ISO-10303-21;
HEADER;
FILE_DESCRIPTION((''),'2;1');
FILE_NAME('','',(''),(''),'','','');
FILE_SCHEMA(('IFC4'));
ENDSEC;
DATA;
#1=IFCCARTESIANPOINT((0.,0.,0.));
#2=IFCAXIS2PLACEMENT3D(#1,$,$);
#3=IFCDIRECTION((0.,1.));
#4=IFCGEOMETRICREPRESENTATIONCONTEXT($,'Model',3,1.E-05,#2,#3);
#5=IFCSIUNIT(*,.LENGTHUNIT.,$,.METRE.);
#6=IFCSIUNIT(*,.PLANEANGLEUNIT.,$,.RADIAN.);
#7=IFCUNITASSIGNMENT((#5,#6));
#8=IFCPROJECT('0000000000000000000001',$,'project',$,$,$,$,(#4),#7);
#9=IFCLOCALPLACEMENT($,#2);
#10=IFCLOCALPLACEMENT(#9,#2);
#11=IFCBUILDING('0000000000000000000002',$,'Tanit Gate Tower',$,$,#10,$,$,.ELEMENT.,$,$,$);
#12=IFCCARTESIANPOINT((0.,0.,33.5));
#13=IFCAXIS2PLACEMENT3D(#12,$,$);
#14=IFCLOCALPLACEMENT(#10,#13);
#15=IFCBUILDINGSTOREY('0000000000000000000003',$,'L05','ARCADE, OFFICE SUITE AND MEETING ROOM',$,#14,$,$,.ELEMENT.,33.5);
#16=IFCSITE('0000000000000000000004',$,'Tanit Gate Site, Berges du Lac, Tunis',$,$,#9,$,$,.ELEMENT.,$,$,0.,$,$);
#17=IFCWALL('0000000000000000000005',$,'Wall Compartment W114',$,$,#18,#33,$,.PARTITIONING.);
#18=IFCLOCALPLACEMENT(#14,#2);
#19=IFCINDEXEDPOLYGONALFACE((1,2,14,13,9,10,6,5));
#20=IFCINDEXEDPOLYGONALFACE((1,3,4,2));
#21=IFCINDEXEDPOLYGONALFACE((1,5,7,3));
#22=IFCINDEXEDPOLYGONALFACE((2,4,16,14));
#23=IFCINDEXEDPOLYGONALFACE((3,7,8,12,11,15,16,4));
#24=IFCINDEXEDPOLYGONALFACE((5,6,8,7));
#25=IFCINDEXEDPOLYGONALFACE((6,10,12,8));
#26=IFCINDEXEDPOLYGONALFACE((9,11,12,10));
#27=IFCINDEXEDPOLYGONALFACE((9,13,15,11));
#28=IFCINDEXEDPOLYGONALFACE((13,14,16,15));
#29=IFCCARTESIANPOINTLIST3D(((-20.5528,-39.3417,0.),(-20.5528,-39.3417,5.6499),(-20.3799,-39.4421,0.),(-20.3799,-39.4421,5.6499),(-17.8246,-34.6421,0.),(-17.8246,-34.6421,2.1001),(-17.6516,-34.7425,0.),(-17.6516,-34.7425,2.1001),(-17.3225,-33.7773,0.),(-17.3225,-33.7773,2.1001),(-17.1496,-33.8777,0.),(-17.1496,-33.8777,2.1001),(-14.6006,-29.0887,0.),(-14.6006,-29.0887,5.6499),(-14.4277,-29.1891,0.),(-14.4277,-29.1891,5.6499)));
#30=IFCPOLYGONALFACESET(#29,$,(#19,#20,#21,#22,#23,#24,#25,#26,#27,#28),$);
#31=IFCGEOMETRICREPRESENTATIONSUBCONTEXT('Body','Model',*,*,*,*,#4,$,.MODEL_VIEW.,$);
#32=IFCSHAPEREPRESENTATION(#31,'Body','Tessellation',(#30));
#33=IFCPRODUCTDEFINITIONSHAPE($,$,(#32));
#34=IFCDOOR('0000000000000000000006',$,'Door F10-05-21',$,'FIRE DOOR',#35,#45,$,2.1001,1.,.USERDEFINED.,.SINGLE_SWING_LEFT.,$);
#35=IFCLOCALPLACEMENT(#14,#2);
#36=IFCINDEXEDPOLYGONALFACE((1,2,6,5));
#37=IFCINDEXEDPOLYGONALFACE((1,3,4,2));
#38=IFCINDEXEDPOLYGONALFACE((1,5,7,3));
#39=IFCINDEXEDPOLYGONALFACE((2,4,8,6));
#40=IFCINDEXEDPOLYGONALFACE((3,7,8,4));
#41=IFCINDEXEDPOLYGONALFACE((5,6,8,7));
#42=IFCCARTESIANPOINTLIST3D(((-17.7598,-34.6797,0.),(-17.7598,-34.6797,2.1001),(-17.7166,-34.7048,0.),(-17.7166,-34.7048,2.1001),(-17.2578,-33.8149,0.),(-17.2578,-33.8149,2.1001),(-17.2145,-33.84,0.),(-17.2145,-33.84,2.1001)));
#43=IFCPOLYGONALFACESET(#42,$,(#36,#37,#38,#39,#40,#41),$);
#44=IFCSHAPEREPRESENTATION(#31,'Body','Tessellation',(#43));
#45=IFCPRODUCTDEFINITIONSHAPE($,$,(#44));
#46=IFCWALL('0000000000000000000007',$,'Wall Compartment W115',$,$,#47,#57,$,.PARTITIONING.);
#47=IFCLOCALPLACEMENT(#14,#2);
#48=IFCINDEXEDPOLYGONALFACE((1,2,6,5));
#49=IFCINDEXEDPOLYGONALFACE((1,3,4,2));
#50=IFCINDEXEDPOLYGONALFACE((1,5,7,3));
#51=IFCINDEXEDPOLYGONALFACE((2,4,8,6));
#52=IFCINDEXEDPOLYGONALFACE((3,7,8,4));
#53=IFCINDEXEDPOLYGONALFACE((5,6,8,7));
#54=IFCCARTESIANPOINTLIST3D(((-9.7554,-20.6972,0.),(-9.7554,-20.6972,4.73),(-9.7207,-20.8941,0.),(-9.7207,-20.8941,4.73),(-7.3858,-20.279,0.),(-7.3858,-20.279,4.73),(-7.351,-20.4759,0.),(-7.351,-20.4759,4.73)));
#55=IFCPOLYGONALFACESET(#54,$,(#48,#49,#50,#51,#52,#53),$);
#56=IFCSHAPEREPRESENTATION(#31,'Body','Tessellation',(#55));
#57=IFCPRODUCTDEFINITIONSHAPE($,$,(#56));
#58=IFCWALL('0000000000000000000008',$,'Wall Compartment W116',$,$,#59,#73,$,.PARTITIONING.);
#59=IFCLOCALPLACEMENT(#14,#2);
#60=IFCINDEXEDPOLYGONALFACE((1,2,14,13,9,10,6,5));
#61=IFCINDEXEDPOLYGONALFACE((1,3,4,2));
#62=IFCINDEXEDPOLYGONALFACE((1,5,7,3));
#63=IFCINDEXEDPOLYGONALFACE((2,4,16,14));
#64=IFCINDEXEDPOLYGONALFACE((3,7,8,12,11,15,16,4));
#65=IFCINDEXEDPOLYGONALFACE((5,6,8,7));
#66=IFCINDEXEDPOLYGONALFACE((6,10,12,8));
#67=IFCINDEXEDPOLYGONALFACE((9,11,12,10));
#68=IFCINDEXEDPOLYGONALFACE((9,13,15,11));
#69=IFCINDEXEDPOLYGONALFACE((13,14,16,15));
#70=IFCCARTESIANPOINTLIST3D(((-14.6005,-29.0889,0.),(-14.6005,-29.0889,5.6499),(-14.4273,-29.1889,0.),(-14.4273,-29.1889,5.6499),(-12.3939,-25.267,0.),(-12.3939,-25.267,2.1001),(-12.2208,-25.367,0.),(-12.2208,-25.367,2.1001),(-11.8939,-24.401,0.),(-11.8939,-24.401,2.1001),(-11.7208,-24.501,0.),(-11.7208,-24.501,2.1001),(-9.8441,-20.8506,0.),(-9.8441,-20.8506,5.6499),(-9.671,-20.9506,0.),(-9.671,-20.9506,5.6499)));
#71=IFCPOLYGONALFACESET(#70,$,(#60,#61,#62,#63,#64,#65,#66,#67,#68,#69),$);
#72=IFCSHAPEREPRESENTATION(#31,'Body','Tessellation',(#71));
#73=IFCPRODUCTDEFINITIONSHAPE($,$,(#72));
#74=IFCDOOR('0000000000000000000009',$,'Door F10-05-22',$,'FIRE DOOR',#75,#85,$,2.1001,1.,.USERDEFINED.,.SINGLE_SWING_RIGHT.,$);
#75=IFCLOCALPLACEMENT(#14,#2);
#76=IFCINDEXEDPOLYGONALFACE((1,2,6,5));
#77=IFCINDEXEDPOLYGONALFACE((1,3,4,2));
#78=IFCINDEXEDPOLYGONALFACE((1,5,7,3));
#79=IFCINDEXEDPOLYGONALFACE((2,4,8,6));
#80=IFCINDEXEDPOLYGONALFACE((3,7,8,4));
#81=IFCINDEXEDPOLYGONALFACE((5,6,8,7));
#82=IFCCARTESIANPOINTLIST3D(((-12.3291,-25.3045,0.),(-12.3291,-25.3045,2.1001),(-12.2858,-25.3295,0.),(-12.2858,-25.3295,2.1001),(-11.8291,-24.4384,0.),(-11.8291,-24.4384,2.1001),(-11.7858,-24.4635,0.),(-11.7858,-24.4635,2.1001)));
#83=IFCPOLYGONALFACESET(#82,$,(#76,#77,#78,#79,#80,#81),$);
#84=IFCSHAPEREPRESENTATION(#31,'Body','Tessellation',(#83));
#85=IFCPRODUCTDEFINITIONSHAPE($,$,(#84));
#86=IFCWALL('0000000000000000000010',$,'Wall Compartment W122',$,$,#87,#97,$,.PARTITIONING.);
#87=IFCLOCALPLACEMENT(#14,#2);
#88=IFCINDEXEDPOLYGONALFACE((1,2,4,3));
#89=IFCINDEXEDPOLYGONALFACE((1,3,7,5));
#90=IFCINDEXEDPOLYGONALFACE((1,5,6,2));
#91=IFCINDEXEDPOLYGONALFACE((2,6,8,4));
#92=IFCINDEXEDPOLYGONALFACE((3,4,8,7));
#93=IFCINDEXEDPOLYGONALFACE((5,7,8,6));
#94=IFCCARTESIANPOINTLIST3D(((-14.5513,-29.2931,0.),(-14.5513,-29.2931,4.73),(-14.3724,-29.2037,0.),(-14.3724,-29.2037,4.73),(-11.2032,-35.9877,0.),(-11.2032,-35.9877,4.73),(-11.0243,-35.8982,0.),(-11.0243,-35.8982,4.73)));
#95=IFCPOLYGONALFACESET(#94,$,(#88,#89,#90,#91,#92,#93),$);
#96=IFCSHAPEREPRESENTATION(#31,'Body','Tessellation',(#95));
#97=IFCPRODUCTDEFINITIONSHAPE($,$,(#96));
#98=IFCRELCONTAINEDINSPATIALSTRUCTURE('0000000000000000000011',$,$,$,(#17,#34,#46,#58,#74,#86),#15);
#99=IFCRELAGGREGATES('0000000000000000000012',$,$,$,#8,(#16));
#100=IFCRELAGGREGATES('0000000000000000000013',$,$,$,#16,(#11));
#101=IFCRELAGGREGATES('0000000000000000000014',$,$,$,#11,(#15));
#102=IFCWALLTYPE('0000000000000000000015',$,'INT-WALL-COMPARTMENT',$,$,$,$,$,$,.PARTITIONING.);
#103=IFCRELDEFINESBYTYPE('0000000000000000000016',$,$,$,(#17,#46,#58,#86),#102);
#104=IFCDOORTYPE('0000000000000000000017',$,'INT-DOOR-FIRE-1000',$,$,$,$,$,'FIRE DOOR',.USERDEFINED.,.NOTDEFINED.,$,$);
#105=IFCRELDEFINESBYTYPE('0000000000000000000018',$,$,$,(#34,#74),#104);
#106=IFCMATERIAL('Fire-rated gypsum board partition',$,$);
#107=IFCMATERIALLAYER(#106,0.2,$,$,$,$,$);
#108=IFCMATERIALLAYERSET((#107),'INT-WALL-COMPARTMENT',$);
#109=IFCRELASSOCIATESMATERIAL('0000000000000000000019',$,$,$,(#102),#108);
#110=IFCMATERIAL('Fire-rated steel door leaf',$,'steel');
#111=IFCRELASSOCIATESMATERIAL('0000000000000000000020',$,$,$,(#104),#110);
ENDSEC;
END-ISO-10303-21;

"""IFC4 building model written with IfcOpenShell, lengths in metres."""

from ifc_helpers import new_model, si_unit, direction, frame, frame_2d, origin, place, context, subcontext, project, spatial, rectangle, extrude, material, layer, layer_set, type_object, element, fill, save


model = new_model("IFC4")

# Units and contexts
model_context = context("Model", 3, precision=1e-05, world=origin(), true_north=direction((0.0, 1.0)))
body_context = subcontext(model_context, "Body", "Model", "MODEL_VIEW")
ifc_project = project(units=[si_unit("LENGTHUNIT", "METRE"), si_unit("PLANEANGLEUNIT", "RADIAN")], contexts=[model_context])

# Site, building, storey
site_placement = place(None, origin())
site = spatial("IfcSite", under=ifc_project, at=site_placement, Name="Tanit Gate Site, Berges du Lac, Tunis", CompositionType="ELEMENT", RefElevation=0.0)
building_placement = place(site_placement, origin())
building = spatial("IfcBuilding", under=site, at=building_placement, Name="Tanit Gate Tower", CompositionType="ELEMENT")
storey_placement = place(building_placement, frame((0.0, 0.0, 33.5)))
storey = spatial("IfcBuildingStorey", under=building, at=storey_placement, Name="L05", Description="ARCADE, OFFICE SUITE AND MEETING ROOM", CompositionType="ELEMENT", Elevation=33.5)

# Wall, opening, door
ifc_material_1 = material(Name="Fire-rated gypsum board partition")
ifc_layer_1 = layer(ifc_material_1, 0.2)
ifc_layer_set_1 = layer_set([ifc_layer_1], Name="INT-WALL-COMPARTMENT")
wall_type_1 = type_object("IfcWallType", Name="INT-WALL-COMPARTMENT", PredefinedType="PARTITIONING", material=ifc_layer_set_1)
ifc_material_2 = material(Name="Fire-rated steel door leaf", Category="steel")
door_type = type_object("IfcDoorType", Name="INT-DOOR-FIRE-1000", ElementType="FIRE DOOR", OperationType="NOTDEFINED", PredefinedType="USERDEFINED", material=ifc_material_2)
wall_1_placement = place(storey_placement, frame((-14.5142, -29.1389, 0.0), z_axis=(0.0, 0.0, 1.0), x_axis=(-0.502062, -0.864832, 0.0)))
wall_1 = element("IfcWall", 1, at=wall_1_placement, inside=storey, type_object=wall_type_1, Name="Wall Compartment W114", PredefinedType="PARTITIONING", context=body_context, shape_type="SweptSolid", body=[
    extrude(rectangle(XDim=11.8555, YDim=0.2, at=frame_2d((5.9277, 0.0))), origin(), (0.0, 0.0, 1.0), 5.6499),
])
opening_1_placement = place(wall_1_placement, frame((5.4214, 0.0, 0.0)))
opening_1 = element("IfcOpeningElement", 2, at=opening_1_placement, cuts=wall_1, PredefinedType="OPENING", context=body_context, shape_type="SweptSolid", body=[
    extrude(rectangle(XDim=1.0, YDim=2.1001, at=frame_2d((0.5, 1.05))), frame((0.0, 0.1099, 0.0), z_axis=(0.0, -1.0, 0.0), x_axis=(1.0, 0.0, 0.0)), (0.0, 0.0, 1.0), 0.22),
])
door_1_placement = place(opening_1_placement, origin())
door_1 = element("IfcDoor", 3, at=door_1_placement, inside=storey, type_object=door_type, Name="Door F10-05-21", ObjectType="FIRE DOOR", OperationType="SINGLE_SWING_LEFT", OverallHeight=2.1001, OverallWidth=1.0, PredefinedType="USERDEFINED", context=body_context, shape_type="SweptSolid", body=[
    extrude(rectangle(XDim=1.0, YDim=2.1001, at=frame_2d((0.5, 1.05))), frame((0.0, 0.0249, 0.0), z_axis=(0.0, -1.0, 0.0), x_axis=(1.0, 0.0, 0.0)), (0.0, 0.0, 1.0), 0.05),
])
fill(opening_1, door_1)

# Wall
wall_2_placement = place(storey_placement, frame((-9.738, -20.7957, 0.0), z_axis=(0.0, 0.0, 1.0), x_axis=(0.98478, 0.173803, 0.0)))
element("IfcWall", 4, at=wall_2_placement, inside=storey, type_object=wall_type_1, Name="Wall Compartment W115", PredefinedType="PARTITIONING", context=body_context, shape_type="SweptSolid", body=[
    extrude(rectangle(XDim=2.4062, YDim=0.2, at=frame_2d((1.2031, 0.0))), origin(), (0.0, 0.0, 1.0), 4.73),
])

# Wall, opening, door
wall_3_placement = place(storey_placement, frame((-9.7576, -20.9006, 0.0), z_axis=(0.0, 0.0, 1.0), x_axis=(-0.499998, -0.866027, 0.0)))
wall_3 = element("IfcWall", 5, at=wall_3_placement, inside=storey, type_object=wall_type_1, Name="Wall Compartment W116", PredefinedType="PARTITIONING", context=body_context, shape_type="SweptSolid", body=[
    extrude(rectangle(XDim=9.5127, YDim=0.2, at=frame_2d((4.7563, 0.0))), origin(), (0.0, 0.0, 1.0), 5.6499),
])
opening_2_placement = place(wall_3_placement, frame((4.0996, 0.0, 0.0)))
opening_2 = element("IfcOpeningElement", 6, at=opening_2_placement, cuts=wall_3, PredefinedType="OPENING", context=body_context, shape_type="SweptSolid", body=[
    extrude(rectangle(XDim=1.0, YDim=2.1001, at=frame_2d((0.5, 1.05))), frame((0.0, 0.1099, 0.0), z_axis=(0.0, -1.0, 0.0), x_axis=(1.0, 0.0, 0.0)), (0.0, 0.0, 1.0), 0.22),
])
door_2_placement = place(opening_2_placement, origin())
door_2 = element("IfcDoor", 7, at=door_2_placement, inside=storey, type_object=door_type, Name="Door F10-05-22", ObjectType="FIRE DOOR", OperationType="SINGLE_SWING_RIGHT", OverallHeight=2.1001, OverallWidth=1.0, PredefinedType="USERDEFINED", context=body_context, shape_type="SweptSolid", body=[
    extrude(rectangle(XDim=1.0, YDim=2.1001, at=frame_2d((0.5, 1.05))), frame((0.0, 0.0249, 0.0), z_axis=(0.0, -1.0, 0.0), x_axis=(1.0, 0.0, 0.0)), (0.0, 0.0, 1.0), 0.05),
])
fill(opening_2, door_2)

# Wall
wall_4_placement = place(storey_placement, frame((-14.4619, -29.2483, 0.0), z_axis=(0.0, 0.0, 1.0), x_axis=(0.447305, -0.894382, 0.0)))
element("IfcWall", 8, at=wall_4_placement, inside=storey, type_object=wall_type_1, Name="Wall Compartment W122", PredefinedType="PARTITIONING", context=body_context, shape_type="SweptSolid", body=[
    extrude(rectangle(XDim=7.4851, YDim=0.2, at=frame_2d((3.7427, 0.0))), origin(), (0.0, 0.0, 1.0), 4.73),
])

save(model, "model.ifc")
